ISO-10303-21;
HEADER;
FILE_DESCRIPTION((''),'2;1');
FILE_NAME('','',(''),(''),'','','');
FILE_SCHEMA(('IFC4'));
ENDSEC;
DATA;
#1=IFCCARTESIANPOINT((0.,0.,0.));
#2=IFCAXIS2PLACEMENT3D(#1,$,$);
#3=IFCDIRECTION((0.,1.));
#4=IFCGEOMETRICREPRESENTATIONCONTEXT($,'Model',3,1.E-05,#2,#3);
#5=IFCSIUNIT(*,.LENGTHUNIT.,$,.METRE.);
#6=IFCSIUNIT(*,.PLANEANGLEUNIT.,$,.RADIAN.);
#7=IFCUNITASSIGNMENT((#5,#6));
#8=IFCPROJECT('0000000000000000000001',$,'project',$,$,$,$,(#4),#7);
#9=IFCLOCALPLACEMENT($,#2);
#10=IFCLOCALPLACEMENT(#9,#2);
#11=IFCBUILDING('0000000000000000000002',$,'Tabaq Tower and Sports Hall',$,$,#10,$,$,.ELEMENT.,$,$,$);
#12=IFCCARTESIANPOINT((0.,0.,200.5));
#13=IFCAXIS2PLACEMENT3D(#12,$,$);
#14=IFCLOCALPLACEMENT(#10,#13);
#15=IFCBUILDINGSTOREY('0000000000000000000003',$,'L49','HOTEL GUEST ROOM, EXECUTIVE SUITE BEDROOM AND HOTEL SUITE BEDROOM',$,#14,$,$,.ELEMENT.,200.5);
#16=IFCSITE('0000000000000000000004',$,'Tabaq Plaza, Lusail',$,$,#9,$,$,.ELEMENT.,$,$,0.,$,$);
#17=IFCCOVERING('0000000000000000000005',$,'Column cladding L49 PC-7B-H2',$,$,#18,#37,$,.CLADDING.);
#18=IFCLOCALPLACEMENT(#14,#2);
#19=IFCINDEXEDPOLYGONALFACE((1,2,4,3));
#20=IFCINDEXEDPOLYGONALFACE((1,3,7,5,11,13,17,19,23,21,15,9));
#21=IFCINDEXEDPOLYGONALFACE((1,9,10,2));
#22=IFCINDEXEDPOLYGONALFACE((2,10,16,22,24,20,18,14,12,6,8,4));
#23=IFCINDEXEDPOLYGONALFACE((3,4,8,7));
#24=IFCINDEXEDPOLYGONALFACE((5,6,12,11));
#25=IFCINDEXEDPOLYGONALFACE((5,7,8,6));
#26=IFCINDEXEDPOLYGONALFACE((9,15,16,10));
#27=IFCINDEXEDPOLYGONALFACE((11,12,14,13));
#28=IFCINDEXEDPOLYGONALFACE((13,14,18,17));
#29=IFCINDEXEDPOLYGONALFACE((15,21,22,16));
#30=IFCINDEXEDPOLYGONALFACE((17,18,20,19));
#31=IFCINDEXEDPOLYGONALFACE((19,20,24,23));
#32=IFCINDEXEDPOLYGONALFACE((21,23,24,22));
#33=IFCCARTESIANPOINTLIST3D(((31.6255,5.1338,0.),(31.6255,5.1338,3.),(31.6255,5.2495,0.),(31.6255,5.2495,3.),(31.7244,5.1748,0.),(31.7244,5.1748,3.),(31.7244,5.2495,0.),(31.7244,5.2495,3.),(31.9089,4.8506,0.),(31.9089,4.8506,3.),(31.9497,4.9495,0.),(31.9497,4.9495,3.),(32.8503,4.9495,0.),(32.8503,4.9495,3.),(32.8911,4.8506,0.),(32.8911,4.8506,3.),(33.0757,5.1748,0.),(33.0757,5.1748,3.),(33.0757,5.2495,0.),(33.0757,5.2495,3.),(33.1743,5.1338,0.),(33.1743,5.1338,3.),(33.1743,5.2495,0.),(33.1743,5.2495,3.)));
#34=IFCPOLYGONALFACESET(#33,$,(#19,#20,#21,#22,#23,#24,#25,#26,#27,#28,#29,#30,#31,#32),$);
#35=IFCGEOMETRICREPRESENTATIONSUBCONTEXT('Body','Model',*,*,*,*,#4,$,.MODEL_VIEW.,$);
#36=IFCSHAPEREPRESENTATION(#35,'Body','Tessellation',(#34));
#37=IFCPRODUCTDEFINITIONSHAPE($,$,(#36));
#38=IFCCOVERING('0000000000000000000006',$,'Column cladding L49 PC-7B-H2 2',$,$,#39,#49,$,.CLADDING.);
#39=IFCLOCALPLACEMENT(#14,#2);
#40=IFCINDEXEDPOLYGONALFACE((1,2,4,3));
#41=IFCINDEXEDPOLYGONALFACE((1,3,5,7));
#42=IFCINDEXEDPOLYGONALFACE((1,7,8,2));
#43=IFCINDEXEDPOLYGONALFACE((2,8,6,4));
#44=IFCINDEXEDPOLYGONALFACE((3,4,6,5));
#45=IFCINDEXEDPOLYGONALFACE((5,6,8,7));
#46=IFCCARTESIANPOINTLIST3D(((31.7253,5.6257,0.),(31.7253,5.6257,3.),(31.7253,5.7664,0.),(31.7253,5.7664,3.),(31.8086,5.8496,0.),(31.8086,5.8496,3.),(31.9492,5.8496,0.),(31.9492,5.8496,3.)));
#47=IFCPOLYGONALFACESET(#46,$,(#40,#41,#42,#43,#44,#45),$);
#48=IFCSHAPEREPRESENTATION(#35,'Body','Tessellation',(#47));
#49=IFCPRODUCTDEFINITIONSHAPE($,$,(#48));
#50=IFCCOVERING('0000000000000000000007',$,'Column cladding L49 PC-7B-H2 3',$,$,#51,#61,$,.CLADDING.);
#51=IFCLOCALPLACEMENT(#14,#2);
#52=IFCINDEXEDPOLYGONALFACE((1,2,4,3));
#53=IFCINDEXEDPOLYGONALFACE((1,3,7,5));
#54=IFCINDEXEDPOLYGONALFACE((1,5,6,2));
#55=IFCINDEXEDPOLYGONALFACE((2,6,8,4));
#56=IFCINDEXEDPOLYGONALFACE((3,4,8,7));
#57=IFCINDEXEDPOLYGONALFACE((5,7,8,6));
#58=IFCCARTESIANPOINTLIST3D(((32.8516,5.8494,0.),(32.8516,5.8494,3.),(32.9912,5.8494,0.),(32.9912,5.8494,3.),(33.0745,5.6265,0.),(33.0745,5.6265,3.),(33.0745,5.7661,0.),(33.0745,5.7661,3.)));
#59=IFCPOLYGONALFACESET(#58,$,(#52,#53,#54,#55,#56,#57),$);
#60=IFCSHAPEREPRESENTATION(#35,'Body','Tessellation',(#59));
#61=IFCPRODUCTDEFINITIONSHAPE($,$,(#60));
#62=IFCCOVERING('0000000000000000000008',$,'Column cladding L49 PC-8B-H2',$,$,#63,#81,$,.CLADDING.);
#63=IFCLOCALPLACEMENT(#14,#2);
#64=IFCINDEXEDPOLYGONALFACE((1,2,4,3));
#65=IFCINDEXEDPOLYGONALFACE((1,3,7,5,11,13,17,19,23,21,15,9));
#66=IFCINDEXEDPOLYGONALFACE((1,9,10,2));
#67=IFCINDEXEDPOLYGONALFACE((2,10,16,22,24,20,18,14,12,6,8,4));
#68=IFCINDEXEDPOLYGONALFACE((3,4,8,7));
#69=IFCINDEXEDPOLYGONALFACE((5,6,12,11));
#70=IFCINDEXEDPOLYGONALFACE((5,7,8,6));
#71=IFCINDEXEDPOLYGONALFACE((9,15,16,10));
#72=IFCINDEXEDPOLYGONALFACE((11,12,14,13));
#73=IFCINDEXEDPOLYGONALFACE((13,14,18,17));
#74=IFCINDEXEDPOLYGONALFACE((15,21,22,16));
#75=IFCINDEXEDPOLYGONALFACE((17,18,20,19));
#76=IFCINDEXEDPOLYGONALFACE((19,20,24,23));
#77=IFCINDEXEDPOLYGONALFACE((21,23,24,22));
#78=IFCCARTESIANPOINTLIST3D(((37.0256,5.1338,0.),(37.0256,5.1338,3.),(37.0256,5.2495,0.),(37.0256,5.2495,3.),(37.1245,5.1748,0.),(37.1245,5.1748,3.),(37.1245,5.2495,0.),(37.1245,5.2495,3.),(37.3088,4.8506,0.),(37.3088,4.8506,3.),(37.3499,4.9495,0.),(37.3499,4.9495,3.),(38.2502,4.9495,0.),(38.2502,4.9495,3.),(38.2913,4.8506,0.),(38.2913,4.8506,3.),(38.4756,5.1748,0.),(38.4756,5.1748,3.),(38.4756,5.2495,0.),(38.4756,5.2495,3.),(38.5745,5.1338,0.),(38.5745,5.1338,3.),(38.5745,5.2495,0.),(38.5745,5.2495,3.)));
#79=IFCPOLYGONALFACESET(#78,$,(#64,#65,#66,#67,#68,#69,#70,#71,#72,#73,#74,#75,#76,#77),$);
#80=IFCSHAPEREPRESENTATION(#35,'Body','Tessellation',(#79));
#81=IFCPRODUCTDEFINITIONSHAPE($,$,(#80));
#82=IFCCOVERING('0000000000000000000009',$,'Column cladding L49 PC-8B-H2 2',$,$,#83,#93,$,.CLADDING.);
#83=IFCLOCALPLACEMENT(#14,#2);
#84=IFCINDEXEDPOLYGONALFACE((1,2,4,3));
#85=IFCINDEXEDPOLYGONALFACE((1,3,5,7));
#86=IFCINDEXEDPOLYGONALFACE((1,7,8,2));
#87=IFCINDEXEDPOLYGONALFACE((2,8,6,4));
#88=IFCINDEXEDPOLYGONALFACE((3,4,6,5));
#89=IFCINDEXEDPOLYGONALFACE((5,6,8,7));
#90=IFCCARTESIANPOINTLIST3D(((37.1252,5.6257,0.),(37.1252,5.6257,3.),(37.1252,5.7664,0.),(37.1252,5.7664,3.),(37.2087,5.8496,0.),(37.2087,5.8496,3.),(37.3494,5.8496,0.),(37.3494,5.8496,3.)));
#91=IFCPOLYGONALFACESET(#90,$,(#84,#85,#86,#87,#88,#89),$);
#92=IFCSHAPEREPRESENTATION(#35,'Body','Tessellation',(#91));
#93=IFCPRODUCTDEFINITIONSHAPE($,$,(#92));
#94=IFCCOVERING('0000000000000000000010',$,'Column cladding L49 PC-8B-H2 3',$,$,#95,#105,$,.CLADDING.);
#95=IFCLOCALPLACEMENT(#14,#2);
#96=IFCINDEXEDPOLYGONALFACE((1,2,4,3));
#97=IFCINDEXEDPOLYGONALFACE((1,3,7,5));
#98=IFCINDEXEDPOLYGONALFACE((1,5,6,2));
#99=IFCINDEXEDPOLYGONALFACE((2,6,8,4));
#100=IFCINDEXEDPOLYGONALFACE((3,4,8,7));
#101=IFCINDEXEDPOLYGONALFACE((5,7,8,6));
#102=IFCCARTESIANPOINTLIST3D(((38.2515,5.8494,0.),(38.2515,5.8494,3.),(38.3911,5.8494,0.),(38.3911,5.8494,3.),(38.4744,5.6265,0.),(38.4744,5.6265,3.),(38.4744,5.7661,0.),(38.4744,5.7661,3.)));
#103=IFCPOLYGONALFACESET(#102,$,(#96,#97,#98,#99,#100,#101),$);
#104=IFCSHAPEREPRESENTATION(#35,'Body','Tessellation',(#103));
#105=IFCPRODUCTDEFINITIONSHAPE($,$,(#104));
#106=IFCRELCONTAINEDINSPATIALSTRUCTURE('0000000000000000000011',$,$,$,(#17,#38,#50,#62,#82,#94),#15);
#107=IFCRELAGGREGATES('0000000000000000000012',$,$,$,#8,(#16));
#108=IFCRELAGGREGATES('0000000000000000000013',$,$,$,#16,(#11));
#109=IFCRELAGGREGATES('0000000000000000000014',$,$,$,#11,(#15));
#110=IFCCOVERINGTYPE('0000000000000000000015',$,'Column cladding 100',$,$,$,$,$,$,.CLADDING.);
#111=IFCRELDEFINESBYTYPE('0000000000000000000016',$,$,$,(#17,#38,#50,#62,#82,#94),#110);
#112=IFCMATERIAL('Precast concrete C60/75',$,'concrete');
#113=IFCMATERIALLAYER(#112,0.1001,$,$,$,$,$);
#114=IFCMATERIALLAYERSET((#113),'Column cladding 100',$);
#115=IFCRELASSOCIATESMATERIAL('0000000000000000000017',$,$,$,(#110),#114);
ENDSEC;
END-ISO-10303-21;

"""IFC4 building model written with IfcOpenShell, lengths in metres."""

from ifc_helpers import new_model, si_unit, direction, frame, origin, place, context, subcontext, project, spatial, polyline, outline, extrude, material, layer, layer_set, type_object, element, save


model = new_model("IFC4")

# Units and contexts
model_context = context("Model", 3, precision=1e-05, world=origin(), true_north=direction((0.0, 1.0)))
body_context = subcontext(model_context, "Body", "Model", "MODEL_VIEW")
ifc_project = project(units=[si_unit("LENGTHUNIT", "METRE"), si_unit("PLANEANGLEUNIT", "RADIAN")], contexts=[model_context])

# Site, building, storey
site_placement = place(None, origin())
site = spatial("IfcSite", under=ifc_project, at=site_placement, Name="Tabaq Plaza, Lusail", CompositionType="ELEMENT", RefElevation=0.0)
building_placement = place(site_placement, origin())
building = spatial("IfcBuilding", under=site, at=building_placement, Name="Tabaq Tower and Sports Hall", CompositionType="ELEMENT")
storey_placement = place(building_placement, frame((0.0, 0.0, 200.5)))
storey = spatial("IfcBuildingStorey", under=building, at=storey_placement, Name="L49", Description="HOTEL GUEST ROOM, EXECUTIVE SUITE BEDROOM AND HOTEL SUITE BEDROOM", CompositionType="ELEMENT", Elevation=200.5)

# Coverings
ifc_material_1 = material(Name="Precast concrete C60/75", Category="concrete")
ifc_layer_1 = layer(ifc_material_1, 0.1001)
ifc_layer_set_1 = layer_set([ifc_layer_1], Name="Column cladding 100")
covering_type = type_object("IfcCoveringType", Name="Column cladding 100", PredefinedType="CLADDING", material=ifc_layer_set_1)
covering_1_placement = place(storey_placement, origin())
element("IfcCovering", 1, at=covering_1_placement, inside=storey, type_object=covering_type, Name="Column cladding L49 PC-7B-H2", PredefinedType="CLADDING", context=body_context, shape_type="SweptSolid", body=[
    extrude(outline(polyline([(31.6255, 5.2495), (31.7244, 5.2495), (31.7244, 5.1748), (31.9497, 4.9495), (32.8503, 4.9495), (33.0757, 5.1748), (33.0757, 5.2495), (33.1743, 5.2495), (33.1743, 5.1338), (32.8911, 4.8506), (31.9089, 4.8506), (31.6255, 5.1338), (31.6255, 5.2495)])), origin(), (0.0, 0.0, 1.0), 3.0),
])
covering_2_placement = place(storey_placement, origin())
element("IfcCovering", 2, at=covering_2_placement, inside=storey, type_object=covering_type, Name="Column cladding L49 PC-7B-H2 2", PredefinedType="CLADDING", context=body_context, shape_type="SweptSolid", body=[
    extrude(outline(polyline([(31.8086, 5.8496), (31.9492, 5.8496), (31.7253, 5.6257), (31.7253, 5.7664), (31.8086, 5.8496)])), origin(), (0.0, 0.0, 1.0), 3.0),
])
covering_3_placement = place(storey_placement, origin())
element("IfcCovering", 3, at=covering_3_placement, inside=storey, type_object=covering_type, Name="Column cladding L49 PC-7B-H2 3", PredefinedType="CLADDING", context=body_context, shape_type="SweptSolid", body=[
    extrude(outline(polyline([(33.0745, 5.6265), (32.8516, 5.8494), (32.9912, 5.8494), (33.0745, 5.7661), (33.0745, 5.6265)])), origin(), (0.0, 0.0, 1.0), 3.0),
])
covering_4_placement = place(storey_placement, origin())
element("IfcCovering", 4, at=covering_4_placement, inside=storey, type_object=covering_type, Name="Column cladding L49 PC-8B-H2", PredefinedType="CLADDING", context=body_context, shape_type="SweptSolid", body=[
    extrude(outline(polyline([(37.0256, 5.2495), (37.1245, 5.2495), (37.1245, 5.1748), (37.3499, 4.9495), (38.2502, 4.9495), (38.4756, 5.1748), (38.4756, 5.2495), (38.5745, 5.2495), (38.5745, 5.1338), (38.2913, 4.8506), (37.3088, 4.8506), (37.0256, 5.1338), (37.0256, 5.2495)])), origin(), (0.0, 0.0, 1.0), 3.0),
])
covering_5_placement = place(storey_placement, origin())
element("IfcCovering", 5, at=covering_5_placement, inside=storey, type_object=covering_type, Name="Column cladding L49 PC-8B-H2 2", PredefinedType="CLADDING", context=body_context, shape_type="SweptSolid", body=[
    extrude(outline(polyline([(37.2087, 5.8496), (37.3494, 5.8496), (37.1252, 5.6257), (37.1252, 5.7664), (37.2087, 5.8496)])), origin(), (0.0, 0.0, 1.0), 3.0),
])
covering_6_placement = place(storey_placement, origin())
element("IfcCovering", 6, at=covering_6_placement, inside=storey, type_object=covering_type, Name="Column cladding L49 PC-8B-H2 3", PredefinedType="CLADDING", context=body_context, shape_type="SweptSolid", body=[
    extrude(outline(polyline([(38.4744, 5.6265), (38.2515, 5.8494), (38.3911, 5.8494), (38.4744, 5.7661), (38.4744, 5.6265)])), origin(), (0.0, 0.0, 1.0), 3.0),
])

save(model, "model.ifc")
